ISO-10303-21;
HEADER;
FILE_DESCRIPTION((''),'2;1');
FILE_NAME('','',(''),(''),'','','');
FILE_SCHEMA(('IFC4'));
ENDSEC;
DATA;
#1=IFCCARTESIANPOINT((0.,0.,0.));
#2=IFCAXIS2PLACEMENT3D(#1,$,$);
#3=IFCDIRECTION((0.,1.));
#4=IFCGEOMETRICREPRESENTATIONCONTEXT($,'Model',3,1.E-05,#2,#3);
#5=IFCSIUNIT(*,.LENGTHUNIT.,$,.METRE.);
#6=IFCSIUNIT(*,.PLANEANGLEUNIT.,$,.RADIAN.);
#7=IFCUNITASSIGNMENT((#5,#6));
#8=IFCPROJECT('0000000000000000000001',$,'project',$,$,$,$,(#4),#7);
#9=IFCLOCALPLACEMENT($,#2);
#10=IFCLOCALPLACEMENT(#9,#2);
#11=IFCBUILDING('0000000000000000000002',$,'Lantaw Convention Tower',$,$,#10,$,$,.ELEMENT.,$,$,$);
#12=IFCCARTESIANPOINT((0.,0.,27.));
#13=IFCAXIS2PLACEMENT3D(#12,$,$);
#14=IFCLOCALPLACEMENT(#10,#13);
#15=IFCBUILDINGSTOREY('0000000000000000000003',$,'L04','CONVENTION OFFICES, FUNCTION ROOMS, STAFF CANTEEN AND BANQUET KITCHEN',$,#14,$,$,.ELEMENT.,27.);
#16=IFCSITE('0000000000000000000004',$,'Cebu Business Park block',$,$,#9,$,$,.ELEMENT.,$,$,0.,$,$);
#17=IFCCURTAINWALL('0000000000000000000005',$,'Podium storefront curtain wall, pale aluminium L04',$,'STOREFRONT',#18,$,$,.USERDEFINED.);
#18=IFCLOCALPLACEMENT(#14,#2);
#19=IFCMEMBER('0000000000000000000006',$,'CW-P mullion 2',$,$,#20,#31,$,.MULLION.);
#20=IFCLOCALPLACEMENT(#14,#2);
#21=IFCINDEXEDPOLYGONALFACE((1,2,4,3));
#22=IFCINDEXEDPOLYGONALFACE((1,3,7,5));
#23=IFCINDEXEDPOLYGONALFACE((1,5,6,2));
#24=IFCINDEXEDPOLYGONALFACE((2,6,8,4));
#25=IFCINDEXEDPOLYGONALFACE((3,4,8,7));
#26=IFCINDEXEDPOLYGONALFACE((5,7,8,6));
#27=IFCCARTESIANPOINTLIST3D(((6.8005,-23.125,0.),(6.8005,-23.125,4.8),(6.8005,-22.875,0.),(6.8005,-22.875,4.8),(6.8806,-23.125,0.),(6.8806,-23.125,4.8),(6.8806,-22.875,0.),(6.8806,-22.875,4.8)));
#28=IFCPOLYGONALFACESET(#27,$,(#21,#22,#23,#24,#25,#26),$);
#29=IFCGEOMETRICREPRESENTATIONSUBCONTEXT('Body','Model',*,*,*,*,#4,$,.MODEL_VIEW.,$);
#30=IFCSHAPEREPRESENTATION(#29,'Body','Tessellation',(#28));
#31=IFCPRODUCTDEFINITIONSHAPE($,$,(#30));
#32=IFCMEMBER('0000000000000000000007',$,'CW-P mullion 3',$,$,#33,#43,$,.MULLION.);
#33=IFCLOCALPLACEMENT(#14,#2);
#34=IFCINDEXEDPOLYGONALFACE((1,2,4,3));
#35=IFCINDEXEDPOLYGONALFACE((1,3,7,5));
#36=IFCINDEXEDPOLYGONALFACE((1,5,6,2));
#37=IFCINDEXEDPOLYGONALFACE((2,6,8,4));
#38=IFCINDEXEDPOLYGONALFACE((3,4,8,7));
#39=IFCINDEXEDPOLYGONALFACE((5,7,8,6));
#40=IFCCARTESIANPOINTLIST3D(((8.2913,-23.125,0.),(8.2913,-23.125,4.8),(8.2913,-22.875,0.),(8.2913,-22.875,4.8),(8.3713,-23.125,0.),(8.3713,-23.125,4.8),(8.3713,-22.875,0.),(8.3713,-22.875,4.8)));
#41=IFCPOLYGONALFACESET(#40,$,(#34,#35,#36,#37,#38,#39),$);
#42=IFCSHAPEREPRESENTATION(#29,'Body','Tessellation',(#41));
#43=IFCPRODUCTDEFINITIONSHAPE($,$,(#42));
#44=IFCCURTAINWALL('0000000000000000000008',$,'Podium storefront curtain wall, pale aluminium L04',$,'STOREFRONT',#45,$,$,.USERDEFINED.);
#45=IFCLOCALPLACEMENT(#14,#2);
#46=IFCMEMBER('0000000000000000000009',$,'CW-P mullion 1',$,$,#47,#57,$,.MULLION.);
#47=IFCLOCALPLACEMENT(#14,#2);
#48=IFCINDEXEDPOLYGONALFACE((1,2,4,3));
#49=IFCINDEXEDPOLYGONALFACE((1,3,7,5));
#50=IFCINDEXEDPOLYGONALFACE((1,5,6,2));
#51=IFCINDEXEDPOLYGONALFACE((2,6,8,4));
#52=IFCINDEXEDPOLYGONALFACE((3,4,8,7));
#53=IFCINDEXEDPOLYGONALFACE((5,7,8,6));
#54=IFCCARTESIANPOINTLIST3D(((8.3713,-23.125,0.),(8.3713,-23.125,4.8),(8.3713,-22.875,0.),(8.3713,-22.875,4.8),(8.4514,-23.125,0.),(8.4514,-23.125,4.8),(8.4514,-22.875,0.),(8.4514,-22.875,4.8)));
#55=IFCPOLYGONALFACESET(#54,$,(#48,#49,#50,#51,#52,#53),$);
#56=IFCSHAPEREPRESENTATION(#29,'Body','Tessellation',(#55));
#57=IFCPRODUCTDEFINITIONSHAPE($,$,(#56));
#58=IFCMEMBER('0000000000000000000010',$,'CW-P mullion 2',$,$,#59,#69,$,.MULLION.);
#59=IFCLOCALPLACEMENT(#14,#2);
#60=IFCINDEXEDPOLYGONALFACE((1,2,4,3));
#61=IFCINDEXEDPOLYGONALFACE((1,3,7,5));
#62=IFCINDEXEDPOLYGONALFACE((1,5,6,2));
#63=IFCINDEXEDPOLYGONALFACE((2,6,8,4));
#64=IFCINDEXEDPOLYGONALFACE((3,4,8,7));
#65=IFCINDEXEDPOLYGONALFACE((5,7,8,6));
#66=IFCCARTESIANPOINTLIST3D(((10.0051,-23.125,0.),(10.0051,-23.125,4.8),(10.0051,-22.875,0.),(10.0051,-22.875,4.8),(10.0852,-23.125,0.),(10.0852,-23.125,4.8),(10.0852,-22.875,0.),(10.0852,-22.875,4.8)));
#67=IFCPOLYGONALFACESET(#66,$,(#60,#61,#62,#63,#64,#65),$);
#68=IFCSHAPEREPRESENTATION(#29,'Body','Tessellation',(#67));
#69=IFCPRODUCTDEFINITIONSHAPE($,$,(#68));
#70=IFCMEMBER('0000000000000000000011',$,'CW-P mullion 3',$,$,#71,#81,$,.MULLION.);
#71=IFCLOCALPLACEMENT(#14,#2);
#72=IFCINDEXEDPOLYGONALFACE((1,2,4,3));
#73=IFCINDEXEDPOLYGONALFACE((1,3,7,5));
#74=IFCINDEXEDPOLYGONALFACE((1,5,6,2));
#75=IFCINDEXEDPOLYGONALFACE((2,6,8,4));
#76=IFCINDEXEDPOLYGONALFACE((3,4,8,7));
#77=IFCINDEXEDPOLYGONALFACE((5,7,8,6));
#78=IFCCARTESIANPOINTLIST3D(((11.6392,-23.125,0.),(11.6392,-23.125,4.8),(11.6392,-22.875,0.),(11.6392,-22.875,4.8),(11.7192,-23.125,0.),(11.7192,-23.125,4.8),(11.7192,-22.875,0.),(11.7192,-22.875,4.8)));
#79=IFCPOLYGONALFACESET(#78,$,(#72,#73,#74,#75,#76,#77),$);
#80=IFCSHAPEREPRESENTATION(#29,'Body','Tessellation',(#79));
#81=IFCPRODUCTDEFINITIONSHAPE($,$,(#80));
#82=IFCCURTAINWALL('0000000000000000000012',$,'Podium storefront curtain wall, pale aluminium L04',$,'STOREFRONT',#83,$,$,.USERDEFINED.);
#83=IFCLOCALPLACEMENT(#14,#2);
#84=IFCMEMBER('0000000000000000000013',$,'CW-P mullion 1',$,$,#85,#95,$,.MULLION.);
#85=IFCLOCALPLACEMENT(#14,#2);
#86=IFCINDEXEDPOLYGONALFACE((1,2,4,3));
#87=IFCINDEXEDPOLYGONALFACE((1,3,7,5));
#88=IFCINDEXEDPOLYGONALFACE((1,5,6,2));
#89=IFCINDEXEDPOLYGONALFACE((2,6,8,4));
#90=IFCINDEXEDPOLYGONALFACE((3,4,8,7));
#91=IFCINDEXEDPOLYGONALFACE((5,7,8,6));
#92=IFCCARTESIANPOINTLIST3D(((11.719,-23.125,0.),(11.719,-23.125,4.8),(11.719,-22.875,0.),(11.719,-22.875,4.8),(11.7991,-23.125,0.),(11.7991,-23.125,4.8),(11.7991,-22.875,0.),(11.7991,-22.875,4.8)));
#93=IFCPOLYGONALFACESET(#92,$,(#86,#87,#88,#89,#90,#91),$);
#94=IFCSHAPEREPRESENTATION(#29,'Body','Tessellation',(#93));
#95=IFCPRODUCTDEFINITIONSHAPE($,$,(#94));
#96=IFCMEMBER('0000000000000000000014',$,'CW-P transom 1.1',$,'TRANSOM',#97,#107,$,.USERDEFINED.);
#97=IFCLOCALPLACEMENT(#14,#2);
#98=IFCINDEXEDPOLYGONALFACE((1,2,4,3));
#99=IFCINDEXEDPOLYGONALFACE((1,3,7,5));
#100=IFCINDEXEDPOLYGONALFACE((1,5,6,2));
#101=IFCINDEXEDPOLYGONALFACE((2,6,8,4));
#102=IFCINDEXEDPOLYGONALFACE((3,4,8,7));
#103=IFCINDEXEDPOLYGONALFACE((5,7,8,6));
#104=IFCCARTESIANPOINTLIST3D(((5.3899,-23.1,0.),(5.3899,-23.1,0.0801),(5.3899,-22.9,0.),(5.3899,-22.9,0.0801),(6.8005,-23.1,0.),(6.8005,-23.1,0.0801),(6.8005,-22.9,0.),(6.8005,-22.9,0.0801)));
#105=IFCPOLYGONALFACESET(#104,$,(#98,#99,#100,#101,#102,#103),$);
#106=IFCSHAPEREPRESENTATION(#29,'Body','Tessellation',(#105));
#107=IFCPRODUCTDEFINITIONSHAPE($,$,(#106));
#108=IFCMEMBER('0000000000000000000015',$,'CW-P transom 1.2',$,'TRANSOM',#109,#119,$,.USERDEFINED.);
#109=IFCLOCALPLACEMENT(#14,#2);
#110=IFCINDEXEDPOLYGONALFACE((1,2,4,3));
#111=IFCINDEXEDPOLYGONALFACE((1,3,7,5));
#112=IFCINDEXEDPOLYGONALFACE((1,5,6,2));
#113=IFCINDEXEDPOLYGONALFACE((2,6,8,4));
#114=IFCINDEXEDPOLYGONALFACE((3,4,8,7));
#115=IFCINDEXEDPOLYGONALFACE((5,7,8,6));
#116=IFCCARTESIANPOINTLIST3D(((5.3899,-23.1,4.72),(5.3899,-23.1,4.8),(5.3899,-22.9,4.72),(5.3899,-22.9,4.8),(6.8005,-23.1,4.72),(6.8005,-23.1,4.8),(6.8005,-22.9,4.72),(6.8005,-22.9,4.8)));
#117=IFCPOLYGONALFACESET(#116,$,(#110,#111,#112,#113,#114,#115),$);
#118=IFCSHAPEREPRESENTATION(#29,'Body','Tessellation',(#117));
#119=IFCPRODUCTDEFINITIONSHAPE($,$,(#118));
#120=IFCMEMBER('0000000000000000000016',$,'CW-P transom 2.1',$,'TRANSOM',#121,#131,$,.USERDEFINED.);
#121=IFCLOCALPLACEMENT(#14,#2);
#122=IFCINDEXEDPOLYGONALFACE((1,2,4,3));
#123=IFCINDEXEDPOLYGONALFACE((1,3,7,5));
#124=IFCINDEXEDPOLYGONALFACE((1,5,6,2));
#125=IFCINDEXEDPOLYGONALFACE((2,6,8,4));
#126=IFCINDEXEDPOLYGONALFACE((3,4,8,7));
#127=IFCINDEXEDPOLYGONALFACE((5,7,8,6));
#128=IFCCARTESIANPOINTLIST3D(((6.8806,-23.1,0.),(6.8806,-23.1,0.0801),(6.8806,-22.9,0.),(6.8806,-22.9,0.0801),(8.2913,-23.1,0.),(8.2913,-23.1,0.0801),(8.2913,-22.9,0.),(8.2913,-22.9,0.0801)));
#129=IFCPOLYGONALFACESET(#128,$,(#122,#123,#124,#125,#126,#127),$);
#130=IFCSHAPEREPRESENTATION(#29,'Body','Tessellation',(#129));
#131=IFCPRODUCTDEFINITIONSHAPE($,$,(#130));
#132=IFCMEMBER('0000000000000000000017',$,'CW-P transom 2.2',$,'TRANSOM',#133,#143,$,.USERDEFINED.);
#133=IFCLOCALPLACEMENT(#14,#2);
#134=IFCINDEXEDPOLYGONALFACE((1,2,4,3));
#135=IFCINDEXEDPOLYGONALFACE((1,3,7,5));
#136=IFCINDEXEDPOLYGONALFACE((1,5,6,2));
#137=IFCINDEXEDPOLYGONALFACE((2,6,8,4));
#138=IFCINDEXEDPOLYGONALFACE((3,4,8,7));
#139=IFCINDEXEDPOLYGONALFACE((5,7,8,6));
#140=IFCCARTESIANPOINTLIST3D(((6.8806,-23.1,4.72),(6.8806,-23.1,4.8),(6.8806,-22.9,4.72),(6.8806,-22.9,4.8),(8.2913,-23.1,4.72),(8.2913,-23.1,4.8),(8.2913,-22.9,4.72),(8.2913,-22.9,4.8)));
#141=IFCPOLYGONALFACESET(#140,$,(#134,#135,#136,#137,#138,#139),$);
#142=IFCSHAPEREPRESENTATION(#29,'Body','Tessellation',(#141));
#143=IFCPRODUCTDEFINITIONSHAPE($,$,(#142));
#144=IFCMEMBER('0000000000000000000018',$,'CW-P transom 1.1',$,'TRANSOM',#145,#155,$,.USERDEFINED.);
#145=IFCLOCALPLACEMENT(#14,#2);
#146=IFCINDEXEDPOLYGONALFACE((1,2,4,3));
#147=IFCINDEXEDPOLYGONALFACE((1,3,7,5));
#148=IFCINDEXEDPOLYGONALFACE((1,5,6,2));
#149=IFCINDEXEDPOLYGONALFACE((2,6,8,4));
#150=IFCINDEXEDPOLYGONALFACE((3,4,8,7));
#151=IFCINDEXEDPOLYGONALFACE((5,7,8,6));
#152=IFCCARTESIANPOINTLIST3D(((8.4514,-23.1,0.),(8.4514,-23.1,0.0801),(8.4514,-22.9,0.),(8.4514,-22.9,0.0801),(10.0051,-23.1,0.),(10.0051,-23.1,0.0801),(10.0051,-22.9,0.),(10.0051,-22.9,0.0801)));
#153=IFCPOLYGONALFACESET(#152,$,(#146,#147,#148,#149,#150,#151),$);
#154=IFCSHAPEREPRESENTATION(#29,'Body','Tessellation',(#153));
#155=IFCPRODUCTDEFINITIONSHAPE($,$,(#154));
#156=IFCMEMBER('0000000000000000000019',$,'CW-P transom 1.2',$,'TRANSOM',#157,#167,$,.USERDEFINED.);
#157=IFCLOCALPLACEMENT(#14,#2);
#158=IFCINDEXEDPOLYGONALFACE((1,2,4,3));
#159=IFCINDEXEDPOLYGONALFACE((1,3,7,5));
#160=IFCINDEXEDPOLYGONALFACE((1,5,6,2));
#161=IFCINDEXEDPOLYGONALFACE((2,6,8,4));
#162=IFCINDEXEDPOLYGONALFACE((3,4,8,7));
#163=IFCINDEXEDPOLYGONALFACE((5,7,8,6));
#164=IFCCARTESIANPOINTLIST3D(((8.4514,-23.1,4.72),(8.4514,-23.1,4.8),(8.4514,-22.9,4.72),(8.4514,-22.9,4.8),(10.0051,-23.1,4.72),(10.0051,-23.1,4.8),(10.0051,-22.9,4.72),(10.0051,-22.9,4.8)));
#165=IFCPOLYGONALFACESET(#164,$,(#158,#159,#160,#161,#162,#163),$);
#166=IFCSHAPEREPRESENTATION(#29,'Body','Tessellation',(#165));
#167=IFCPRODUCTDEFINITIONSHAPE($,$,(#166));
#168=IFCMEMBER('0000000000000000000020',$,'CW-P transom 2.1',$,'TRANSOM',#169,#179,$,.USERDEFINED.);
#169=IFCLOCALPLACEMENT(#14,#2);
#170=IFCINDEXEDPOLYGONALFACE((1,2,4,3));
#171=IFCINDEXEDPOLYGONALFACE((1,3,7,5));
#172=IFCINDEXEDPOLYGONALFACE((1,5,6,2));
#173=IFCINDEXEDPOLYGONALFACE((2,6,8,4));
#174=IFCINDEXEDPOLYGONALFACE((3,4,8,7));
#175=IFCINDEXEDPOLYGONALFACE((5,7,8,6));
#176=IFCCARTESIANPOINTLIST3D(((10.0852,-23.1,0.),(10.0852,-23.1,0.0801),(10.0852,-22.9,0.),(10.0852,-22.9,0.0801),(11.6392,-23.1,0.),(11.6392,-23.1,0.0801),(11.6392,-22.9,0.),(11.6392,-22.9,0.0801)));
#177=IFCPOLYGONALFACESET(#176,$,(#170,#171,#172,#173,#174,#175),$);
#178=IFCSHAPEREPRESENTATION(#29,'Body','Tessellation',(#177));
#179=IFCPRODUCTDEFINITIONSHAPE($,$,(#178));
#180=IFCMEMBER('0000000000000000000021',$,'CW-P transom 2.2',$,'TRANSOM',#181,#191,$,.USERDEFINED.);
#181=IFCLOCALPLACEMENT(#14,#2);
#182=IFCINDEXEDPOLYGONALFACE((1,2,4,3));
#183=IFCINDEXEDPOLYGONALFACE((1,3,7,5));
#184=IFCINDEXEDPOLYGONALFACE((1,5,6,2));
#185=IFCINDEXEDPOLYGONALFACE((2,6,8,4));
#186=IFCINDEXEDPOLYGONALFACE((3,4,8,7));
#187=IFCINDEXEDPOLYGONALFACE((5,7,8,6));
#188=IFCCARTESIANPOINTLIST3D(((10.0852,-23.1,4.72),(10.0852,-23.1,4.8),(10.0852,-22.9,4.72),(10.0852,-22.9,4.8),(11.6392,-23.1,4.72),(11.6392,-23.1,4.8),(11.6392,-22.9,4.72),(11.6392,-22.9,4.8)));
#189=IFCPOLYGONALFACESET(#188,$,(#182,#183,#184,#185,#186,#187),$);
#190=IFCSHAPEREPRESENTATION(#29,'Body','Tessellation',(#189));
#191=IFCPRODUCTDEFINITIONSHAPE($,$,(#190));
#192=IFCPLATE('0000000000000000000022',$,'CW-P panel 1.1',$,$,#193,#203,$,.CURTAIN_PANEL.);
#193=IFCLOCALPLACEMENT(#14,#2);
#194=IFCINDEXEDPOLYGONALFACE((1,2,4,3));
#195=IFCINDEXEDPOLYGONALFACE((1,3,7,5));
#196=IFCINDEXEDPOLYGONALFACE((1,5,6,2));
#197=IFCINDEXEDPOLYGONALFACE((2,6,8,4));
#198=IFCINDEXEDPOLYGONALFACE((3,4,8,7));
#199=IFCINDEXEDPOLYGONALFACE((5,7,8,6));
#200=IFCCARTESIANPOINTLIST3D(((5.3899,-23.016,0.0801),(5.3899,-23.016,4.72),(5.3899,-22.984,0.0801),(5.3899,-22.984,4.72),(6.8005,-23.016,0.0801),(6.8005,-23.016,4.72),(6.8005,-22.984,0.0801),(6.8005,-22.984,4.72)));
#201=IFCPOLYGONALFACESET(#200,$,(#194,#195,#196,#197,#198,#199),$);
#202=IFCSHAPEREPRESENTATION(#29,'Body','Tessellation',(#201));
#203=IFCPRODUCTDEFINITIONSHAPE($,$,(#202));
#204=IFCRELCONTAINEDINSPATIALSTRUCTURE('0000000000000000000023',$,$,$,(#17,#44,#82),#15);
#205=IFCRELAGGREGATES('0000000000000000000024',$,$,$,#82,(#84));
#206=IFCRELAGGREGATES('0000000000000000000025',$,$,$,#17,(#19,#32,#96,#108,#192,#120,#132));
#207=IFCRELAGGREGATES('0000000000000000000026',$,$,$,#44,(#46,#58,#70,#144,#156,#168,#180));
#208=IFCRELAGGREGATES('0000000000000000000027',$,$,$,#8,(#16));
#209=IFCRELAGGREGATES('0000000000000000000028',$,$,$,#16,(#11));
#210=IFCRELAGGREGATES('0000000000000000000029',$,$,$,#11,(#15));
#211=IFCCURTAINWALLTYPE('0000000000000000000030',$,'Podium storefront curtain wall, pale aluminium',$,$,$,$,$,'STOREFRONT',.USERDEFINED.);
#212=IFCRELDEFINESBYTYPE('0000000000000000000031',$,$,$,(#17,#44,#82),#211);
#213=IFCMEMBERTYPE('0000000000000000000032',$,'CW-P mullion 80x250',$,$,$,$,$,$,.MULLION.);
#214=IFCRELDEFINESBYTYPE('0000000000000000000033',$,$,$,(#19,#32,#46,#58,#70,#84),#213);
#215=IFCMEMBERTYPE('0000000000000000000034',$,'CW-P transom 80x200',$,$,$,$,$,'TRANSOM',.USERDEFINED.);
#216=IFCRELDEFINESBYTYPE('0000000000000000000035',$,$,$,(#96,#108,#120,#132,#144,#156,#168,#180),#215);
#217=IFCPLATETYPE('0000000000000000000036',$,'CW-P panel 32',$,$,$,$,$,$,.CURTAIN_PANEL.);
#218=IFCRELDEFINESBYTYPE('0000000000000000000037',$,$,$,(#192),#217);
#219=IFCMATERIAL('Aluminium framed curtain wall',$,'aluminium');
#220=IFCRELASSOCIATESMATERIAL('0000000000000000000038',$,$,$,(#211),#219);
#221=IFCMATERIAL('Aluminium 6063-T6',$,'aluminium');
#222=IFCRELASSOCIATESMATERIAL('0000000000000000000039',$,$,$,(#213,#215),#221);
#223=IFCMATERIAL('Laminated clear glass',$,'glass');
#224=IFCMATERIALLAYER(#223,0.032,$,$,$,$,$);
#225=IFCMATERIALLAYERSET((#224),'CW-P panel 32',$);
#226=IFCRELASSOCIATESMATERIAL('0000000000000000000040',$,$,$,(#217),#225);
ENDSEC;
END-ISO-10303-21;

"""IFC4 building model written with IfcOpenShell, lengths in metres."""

from ifc_helpers import new_model, si_unit, direction, frame, origin, origin_2d, place, context, subcontext, project, spatial, rectangle, extrude, material, layer, layer_set, material_profile, profile_set, type_object, element, aggregate, save


model = new_model("IFC4")

# Units and contexts
model_context = context("Model", 3, precision=1e-05, world=origin(), true_north=direction((0.0, 1.0)))
body_context = subcontext(model_context, "Body", "Model", "MODEL_VIEW")
ifc_project = project(units=[si_unit("LENGTHUNIT", "METRE"), si_unit("PLANEANGLEUNIT", "RADIAN")], contexts=[model_context])

# Site, building, storey
site_placement = place(None, origin())
site = spatial("IfcSite", under=ifc_project, at=site_placement, Name="Cebu Business Park block", CompositionType="ELEMENT", RefElevation=0.0)
building_placement = place(site_placement, origin())
building = spatial("IfcBuilding", under=site, at=building_placement, Name="Lantaw Convention Tower", CompositionType="ELEMENT")
storey_placement = place(building_placement, frame((0.0, 0.0, 27.0)))
storey = spatial("IfcBuildingStorey", under=building, at=storey_placement, Name="L04", Description="CONVENTION OFFICES, FUNCTION ROOMS, STAFF CANTEEN AND BANQUET KITCHEN", CompositionType="ELEMENT", Elevation=27.0)

# Curtain walls, members
ifc_material_1 = material(Name="Aluminium framed curtain wall", Category="aluminium")
curtain_wall_type = type_object("IfcCurtainWallType", Name="Podium storefront curtain wall, pale aluminium", ElementType="STOREFRONT", PredefinedType="USERDEFINED", material=ifc_material_1)
curtain_wall_1_placement = place(storey_placement, origin())
curtain_wall_1 = element("IfcCurtainWall", 1, at=curtain_wall_1_placement, inside=storey, type_object=curtain_wall_type, Name="Podium storefront curtain wall, pale aluminium L04", ObjectType="STOREFRONT", PredefinedType="USERDEFINED")
ifc_material_2 = material(Name="Aluminium 6063-T6", Category="aluminium")
ifc_material_profile_1 = material_profile(ifc_material_2, rectangle(XDim=0.25, YDim=0.0801, at=origin_2d()), Name="CW-P mullion 80x250")
ifc_profile_set_1 = profile_set([ifc_material_profile_1], Name="Aluminium 6063-T6")
member_type_1 = type_object("IfcMemberType", Name="CW-P mullion 80x250", PredefinedType="MULLION", material=ifc_profile_set_1)
member_1_placement = place(storey_placement, frame((6.8406, -23.0, 0.0), z_axis=(0.0, 0.0, 1.0), x_axis=(0.0, 1.0, 0.0)))
member_1 = element("IfcMember", 2, at=member_1_placement, type_object=member_type_1, Name="CW-P mullion 2", PredefinedType="MULLION", context=body_context, shape_type="SweptSolid", body=[
    extrude(rectangle(XDim=0.25, YDim=0.0801, at=origin_2d()), origin(), (0.0, 0.0, 1.0), 4.8),
])
member_2_placement = place(storey_placement, frame((8.3313, -23.0, 0.0), z_axis=(0.0, 0.0, 1.0), x_axis=(0.0, 1.0, 0.0)))
member_2 = element("IfcMember", 3, at=member_2_placement, type_object=member_type_1, Name="CW-P mullion 3", PredefinedType="MULLION", context=body_context, shape_type="SweptSolid", body=[
    extrude(rectangle(XDim=0.25, YDim=0.0801, at=origin_2d()), origin(), (0.0, 0.0, 1.0), 4.8),
])
curtain_wall_2_placement = place(storey_placement, origin())
curtain_wall_2 = element("IfcCurtainWall", 4, at=curtain_wall_2_placement, inside=storey, type_object=curtain_wall_type, Name="Podium storefront curtain wall, pale aluminium L04", ObjectType="STOREFRONT", PredefinedType="USERDEFINED")
member_3_placement = place(storey_placement, frame((8.4114, -23.0, 0.0), z_axis=(0.0, 0.0, 1.0), x_axis=(0.0, 1.0, 0.0)))
member_3 = element("IfcMember", 5, at=member_3_placement, type_object=member_type_1, Name="CW-P mullion 1", PredefinedType="MULLION", context=body_context, shape_type="SweptSolid", body=[
    extrude(rectangle(XDim=0.25, YDim=0.0801, at=origin_2d()), origin(), (0.0, 0.0, 1.0), 4.8),
])
member_4_placement = place(storey_placement, frame((10.0452, -23.0, 0.0), z_axis=(0.0, 0.0, 1.0), x_axis=(0.0, 1.0, 0.0)))
member_4 = element("IfcMember", 6, at=member_4_placement, type_object=member_type_1, Name="CW-P mullion 2", PredefinedType="MULLION", context=body_context, shape_type="SweptSolid", body=[
    extrude(rectangle(XDim=0.25, YDim=0.0801, at=origin_2d()), origin(), (0.0, 0.0, 1.0), 4.8),
])
member_5_placement = place(storey_placement, frame((11.6792, -23.0, 0.0), z_axis=(0.0, 0.0, 1.0), x_axis=(0.0, 1.0, 0.0)))
member_5 = element("IfcMember", 7, at=member_5_placement, type_object=member_type_1, Name="CW-P mullion 3", PredefinedType="MULLION", context=body_context, shape_type="SweptSolid", body=[
    extrude(rectangle(XDim=0.25, YDim=0.0801, at=origin_2d()), origin(), (0.0, 0.0, 1.0), 4.8),
])

# Curtain wall, member
curtain_wall_3_placement = place(storey_placement, origin())
curtain_wall_3 = element("IfcCurtainWall", 8, at=curtain_wall_3_placement, inside=storey, type_object=curtain_wall_type, Name="Podium storefront curtain wall, pale aluminium L04", ObjectType="STOREFRONT", PredefinedType="USERDEFINED")
member_6_placement = place(storey_placement, frame((11.759, -23.0, 0.0), z_axis=(0.0, 0.0, 1.0), x_axis=(0.0, 1.0, 0.0)))
member_6 = element("IfcMember", 9, at=member_6_placement, type_object=member_type_1, Name="CW-P mullion 1", PredefinedType="MULLION", context=body_context, shape_type="SweptSolid", body=[
    extrude(rectangle(XDim=0.25, YDim=0.0801, at=origin_2d()), origin(), (0.0, 0.0, 1.0), 4.8),
])
aggregate(curtain_wall_3, [member_6])

# Members
ifc_material_profile_2 = material_profile(ifc_material_2, rectangle(XDim=0.2, YDim=0.0801, at=origin_2d()), Name="CW-P transom 80x200")
ifc_profile_set_2 = profile_set([ifc_material_profile_2], Name="Aluminium 6063-T6")
member_type_2 = type_object("IfcMemberType", Name="CW-P transom 80x200", ElementType="TRANSOM", PredefinedType="USERDEFINED", material=ifc_profile_set_2)
member_7_placement = place(storey_placement, frame((5.3899, -23.0, 0.04), z_axis=(1.0, 0.0, 0.0), x_axis=(0.0, 1.0, 0.0)))
member_7 = element("IfcMember", 10, at=member_7_placement, type_object=member_type_2, Name="CW-P transom 1.1", ObjectType="TRANSOM", PredefinedType="USERDEFINED", context=body_context, shape_type="SweptSolid", body=[
    extrude(rectangle(XDim=0.2, YDim=0.0801, at=origin_2d()), origin(), (0.0, 0.0, 1.0), 1.4106),
])
member_8_placement = place(storey_placement, frame((5.3899, -23.0, 4.76), z_axis=(1.0, 0.0, 0.0), x_axis=(0.0, 1.0, 0.0)))
member_8 = element("IfcMember", 11, at=member_8_placement, type_object=member_type_2, Name="CW-P transom 1.2", ObjectType="TRANSOM", PredefinedType="USERDEFINED", context=body_context, shape_type="SweptSolid", body=[
    extrude(rectangle(XDim=0.2, YDim=0.0801, at=origin_2d()), origin(), (0.0, 0.0, 1.0), 1.4106),
])
member_9_placement = place(storey_placement, frame((6.8806, -23.0, 0.04), z_axis=(1.0, 0.0, 0.0), x_axis=(0.0, 1.0, 0.0)))
member_9 = element("IfcMember", 12, at=member_9_placement, type_object=member_type_2, Name="CW-P transom 2.1", ObjectType="TRANSOM", PredefinedType="USERDEFINED", context=body_context, shape_type="SweptSolid", body=[
    extrude(rectangle(XDim=0.2, YDim=0.0801, at=origin_2d()), origin(), (0.0, 0.0, 1.0), 1.4106),
])
member_10_placement = place(storey_placement, frame((6.8806, -23.0, 4.76), z_axis=(1.0, 0.0, 0.0), x_axis=(0.0, 1.0, 0.0)))
member_10 = element("IfcMember", 13, at=member_10_placement, type_object=member_type_2, Name="CW-P transom 2.2", ObjectType="TRANSOM", PredefinedType="USERDEFINED", context=body_context, shape_type="SweptSolid", body=[
    extrude(rectangle(XDim=0.2, YDim=0.0801, at=origin_2d()), origin(), (0.0, 0.0, 1.0), 1.4106),
])
member_11_placement = place(storey_placement, frame((8.4514, -23.0, 0.04), z_axis=(1.0, 0.0, 0.0), x_axis=(0.0, 1.0, 0.0)))
member_11 = element("IfcMember", 14, at=member_11_placement, type_object=member_type_2, Name="CW-P transom 1.1", ObjectType="TRANSOM", PredefinedType="USERDEFINED", context=body_context, shape_type="SweptSolid", body=[
    extrude(rectangle(XDim=0.2, YDim=0.0801, at=origin_2d()), origin(), (0.0, 0.0, 1.0), 1.5537),
])
member_12_placement = place(storey_placement, frame((8.4514, -23.0, 4.76), z_axis=(1.0, 0.0, 0.0), x_axis=(0.0, 1.0, 0.0)))
member_12 = element("IfcMember", 15, at=member_12_placement, type_object=member_type_2, Name="CW-P transom 1.2", ObjectType="TRANSOM", PredefinedType="USERDEFINED", context=body_context, shape_type="SweptSolid", body=[
    extrude(rectangle(XDim=0.2, YDim=0.0801, at=origin_2d()), origin(), (0.0, 0.0, 1.0), 1.5537),
])
member_13_placement = place(storey_placement, frame((10.0852, -23.0, 0.04), z_axis=(1.0, 0.0, 0.0), x_axis=(0.0, 1.0, 0.0)))
member_13 = element("IfcMember", 16, at=member_13_placement, type_object=member_type_2, Name="CW-P transom 2.1", ObjectType="TRANSOM", PredefinedType="USERDEFINED", context=body_context, shape_type="SweptSolid", body=[
    extrude(rectangle(XDim=0.2, YDim=0.0801, at=origin_2d()), origin(), (0.0, 0.0, 1.0), 1.554),
])
member_14_placement = place(storey_placement, frame((10.0852, -23.0, 4.76), z_axis=(1.0, 0.0, 0.0), x_axis=(0.0, 1.0, 0.0)))
member_14 = element("IfcMember", 17, at=member_14_placement, type_object=member_type_2, Name="CW-P transom 2.2", ObjectType="TRANSOM", PredefinedType="USERDEFINED", context=body_context, shape_type="SweptSolid", body=[
    extrude(rectangle(XDim=0.2, YDim=0.0801, at=origin_2d()), origin(), (0.0, 0.0, 1.0), 1.554),
])

# Plate
ifc_material_3 = material(Name="Laminated clear glass", Category="glass")
ifc_layer = layer(ifc_material_3, 0.032)
ifc_layer_set = layer_set([ifc_layer], Name="CW-P panel 32")
plate_type = type_object("IfcPlateType", Name="CW-P panel 32", PredefinedType="CURTAIN_PANEL", material=ifc_layer_set)
plate_1_placement = place(storey_placement, frame((6.0952, -23.0, 0.0801), z_axis=(0.0, 0.0, 1.0), x_axis=(1.0, 0.0, 0.0)))
plate_1 = element("IfcPlate", 18, at=plate_1_placement, type_object=plate_type, Name="CW-P panel 1.1", PredefinedType="CURTAIN_PANEL", context=body_context, shape_type="SweptSolid", body=[
    extrude(rectangle(XDim=1.4106, YDim=0.032, at=origin_2d()), origin(), (0.0, 0.0, 1.0), 4.6399),
])
aggregate(curtain_wall_1, [member_1, member_2, member_7, member_8, plate_1, member_9, member_10])
aggregate(curtain_wall_2, [member_3, member_4, member_5, member_11, member_12, member_13, member_14])

save(model, "model.ifc")
